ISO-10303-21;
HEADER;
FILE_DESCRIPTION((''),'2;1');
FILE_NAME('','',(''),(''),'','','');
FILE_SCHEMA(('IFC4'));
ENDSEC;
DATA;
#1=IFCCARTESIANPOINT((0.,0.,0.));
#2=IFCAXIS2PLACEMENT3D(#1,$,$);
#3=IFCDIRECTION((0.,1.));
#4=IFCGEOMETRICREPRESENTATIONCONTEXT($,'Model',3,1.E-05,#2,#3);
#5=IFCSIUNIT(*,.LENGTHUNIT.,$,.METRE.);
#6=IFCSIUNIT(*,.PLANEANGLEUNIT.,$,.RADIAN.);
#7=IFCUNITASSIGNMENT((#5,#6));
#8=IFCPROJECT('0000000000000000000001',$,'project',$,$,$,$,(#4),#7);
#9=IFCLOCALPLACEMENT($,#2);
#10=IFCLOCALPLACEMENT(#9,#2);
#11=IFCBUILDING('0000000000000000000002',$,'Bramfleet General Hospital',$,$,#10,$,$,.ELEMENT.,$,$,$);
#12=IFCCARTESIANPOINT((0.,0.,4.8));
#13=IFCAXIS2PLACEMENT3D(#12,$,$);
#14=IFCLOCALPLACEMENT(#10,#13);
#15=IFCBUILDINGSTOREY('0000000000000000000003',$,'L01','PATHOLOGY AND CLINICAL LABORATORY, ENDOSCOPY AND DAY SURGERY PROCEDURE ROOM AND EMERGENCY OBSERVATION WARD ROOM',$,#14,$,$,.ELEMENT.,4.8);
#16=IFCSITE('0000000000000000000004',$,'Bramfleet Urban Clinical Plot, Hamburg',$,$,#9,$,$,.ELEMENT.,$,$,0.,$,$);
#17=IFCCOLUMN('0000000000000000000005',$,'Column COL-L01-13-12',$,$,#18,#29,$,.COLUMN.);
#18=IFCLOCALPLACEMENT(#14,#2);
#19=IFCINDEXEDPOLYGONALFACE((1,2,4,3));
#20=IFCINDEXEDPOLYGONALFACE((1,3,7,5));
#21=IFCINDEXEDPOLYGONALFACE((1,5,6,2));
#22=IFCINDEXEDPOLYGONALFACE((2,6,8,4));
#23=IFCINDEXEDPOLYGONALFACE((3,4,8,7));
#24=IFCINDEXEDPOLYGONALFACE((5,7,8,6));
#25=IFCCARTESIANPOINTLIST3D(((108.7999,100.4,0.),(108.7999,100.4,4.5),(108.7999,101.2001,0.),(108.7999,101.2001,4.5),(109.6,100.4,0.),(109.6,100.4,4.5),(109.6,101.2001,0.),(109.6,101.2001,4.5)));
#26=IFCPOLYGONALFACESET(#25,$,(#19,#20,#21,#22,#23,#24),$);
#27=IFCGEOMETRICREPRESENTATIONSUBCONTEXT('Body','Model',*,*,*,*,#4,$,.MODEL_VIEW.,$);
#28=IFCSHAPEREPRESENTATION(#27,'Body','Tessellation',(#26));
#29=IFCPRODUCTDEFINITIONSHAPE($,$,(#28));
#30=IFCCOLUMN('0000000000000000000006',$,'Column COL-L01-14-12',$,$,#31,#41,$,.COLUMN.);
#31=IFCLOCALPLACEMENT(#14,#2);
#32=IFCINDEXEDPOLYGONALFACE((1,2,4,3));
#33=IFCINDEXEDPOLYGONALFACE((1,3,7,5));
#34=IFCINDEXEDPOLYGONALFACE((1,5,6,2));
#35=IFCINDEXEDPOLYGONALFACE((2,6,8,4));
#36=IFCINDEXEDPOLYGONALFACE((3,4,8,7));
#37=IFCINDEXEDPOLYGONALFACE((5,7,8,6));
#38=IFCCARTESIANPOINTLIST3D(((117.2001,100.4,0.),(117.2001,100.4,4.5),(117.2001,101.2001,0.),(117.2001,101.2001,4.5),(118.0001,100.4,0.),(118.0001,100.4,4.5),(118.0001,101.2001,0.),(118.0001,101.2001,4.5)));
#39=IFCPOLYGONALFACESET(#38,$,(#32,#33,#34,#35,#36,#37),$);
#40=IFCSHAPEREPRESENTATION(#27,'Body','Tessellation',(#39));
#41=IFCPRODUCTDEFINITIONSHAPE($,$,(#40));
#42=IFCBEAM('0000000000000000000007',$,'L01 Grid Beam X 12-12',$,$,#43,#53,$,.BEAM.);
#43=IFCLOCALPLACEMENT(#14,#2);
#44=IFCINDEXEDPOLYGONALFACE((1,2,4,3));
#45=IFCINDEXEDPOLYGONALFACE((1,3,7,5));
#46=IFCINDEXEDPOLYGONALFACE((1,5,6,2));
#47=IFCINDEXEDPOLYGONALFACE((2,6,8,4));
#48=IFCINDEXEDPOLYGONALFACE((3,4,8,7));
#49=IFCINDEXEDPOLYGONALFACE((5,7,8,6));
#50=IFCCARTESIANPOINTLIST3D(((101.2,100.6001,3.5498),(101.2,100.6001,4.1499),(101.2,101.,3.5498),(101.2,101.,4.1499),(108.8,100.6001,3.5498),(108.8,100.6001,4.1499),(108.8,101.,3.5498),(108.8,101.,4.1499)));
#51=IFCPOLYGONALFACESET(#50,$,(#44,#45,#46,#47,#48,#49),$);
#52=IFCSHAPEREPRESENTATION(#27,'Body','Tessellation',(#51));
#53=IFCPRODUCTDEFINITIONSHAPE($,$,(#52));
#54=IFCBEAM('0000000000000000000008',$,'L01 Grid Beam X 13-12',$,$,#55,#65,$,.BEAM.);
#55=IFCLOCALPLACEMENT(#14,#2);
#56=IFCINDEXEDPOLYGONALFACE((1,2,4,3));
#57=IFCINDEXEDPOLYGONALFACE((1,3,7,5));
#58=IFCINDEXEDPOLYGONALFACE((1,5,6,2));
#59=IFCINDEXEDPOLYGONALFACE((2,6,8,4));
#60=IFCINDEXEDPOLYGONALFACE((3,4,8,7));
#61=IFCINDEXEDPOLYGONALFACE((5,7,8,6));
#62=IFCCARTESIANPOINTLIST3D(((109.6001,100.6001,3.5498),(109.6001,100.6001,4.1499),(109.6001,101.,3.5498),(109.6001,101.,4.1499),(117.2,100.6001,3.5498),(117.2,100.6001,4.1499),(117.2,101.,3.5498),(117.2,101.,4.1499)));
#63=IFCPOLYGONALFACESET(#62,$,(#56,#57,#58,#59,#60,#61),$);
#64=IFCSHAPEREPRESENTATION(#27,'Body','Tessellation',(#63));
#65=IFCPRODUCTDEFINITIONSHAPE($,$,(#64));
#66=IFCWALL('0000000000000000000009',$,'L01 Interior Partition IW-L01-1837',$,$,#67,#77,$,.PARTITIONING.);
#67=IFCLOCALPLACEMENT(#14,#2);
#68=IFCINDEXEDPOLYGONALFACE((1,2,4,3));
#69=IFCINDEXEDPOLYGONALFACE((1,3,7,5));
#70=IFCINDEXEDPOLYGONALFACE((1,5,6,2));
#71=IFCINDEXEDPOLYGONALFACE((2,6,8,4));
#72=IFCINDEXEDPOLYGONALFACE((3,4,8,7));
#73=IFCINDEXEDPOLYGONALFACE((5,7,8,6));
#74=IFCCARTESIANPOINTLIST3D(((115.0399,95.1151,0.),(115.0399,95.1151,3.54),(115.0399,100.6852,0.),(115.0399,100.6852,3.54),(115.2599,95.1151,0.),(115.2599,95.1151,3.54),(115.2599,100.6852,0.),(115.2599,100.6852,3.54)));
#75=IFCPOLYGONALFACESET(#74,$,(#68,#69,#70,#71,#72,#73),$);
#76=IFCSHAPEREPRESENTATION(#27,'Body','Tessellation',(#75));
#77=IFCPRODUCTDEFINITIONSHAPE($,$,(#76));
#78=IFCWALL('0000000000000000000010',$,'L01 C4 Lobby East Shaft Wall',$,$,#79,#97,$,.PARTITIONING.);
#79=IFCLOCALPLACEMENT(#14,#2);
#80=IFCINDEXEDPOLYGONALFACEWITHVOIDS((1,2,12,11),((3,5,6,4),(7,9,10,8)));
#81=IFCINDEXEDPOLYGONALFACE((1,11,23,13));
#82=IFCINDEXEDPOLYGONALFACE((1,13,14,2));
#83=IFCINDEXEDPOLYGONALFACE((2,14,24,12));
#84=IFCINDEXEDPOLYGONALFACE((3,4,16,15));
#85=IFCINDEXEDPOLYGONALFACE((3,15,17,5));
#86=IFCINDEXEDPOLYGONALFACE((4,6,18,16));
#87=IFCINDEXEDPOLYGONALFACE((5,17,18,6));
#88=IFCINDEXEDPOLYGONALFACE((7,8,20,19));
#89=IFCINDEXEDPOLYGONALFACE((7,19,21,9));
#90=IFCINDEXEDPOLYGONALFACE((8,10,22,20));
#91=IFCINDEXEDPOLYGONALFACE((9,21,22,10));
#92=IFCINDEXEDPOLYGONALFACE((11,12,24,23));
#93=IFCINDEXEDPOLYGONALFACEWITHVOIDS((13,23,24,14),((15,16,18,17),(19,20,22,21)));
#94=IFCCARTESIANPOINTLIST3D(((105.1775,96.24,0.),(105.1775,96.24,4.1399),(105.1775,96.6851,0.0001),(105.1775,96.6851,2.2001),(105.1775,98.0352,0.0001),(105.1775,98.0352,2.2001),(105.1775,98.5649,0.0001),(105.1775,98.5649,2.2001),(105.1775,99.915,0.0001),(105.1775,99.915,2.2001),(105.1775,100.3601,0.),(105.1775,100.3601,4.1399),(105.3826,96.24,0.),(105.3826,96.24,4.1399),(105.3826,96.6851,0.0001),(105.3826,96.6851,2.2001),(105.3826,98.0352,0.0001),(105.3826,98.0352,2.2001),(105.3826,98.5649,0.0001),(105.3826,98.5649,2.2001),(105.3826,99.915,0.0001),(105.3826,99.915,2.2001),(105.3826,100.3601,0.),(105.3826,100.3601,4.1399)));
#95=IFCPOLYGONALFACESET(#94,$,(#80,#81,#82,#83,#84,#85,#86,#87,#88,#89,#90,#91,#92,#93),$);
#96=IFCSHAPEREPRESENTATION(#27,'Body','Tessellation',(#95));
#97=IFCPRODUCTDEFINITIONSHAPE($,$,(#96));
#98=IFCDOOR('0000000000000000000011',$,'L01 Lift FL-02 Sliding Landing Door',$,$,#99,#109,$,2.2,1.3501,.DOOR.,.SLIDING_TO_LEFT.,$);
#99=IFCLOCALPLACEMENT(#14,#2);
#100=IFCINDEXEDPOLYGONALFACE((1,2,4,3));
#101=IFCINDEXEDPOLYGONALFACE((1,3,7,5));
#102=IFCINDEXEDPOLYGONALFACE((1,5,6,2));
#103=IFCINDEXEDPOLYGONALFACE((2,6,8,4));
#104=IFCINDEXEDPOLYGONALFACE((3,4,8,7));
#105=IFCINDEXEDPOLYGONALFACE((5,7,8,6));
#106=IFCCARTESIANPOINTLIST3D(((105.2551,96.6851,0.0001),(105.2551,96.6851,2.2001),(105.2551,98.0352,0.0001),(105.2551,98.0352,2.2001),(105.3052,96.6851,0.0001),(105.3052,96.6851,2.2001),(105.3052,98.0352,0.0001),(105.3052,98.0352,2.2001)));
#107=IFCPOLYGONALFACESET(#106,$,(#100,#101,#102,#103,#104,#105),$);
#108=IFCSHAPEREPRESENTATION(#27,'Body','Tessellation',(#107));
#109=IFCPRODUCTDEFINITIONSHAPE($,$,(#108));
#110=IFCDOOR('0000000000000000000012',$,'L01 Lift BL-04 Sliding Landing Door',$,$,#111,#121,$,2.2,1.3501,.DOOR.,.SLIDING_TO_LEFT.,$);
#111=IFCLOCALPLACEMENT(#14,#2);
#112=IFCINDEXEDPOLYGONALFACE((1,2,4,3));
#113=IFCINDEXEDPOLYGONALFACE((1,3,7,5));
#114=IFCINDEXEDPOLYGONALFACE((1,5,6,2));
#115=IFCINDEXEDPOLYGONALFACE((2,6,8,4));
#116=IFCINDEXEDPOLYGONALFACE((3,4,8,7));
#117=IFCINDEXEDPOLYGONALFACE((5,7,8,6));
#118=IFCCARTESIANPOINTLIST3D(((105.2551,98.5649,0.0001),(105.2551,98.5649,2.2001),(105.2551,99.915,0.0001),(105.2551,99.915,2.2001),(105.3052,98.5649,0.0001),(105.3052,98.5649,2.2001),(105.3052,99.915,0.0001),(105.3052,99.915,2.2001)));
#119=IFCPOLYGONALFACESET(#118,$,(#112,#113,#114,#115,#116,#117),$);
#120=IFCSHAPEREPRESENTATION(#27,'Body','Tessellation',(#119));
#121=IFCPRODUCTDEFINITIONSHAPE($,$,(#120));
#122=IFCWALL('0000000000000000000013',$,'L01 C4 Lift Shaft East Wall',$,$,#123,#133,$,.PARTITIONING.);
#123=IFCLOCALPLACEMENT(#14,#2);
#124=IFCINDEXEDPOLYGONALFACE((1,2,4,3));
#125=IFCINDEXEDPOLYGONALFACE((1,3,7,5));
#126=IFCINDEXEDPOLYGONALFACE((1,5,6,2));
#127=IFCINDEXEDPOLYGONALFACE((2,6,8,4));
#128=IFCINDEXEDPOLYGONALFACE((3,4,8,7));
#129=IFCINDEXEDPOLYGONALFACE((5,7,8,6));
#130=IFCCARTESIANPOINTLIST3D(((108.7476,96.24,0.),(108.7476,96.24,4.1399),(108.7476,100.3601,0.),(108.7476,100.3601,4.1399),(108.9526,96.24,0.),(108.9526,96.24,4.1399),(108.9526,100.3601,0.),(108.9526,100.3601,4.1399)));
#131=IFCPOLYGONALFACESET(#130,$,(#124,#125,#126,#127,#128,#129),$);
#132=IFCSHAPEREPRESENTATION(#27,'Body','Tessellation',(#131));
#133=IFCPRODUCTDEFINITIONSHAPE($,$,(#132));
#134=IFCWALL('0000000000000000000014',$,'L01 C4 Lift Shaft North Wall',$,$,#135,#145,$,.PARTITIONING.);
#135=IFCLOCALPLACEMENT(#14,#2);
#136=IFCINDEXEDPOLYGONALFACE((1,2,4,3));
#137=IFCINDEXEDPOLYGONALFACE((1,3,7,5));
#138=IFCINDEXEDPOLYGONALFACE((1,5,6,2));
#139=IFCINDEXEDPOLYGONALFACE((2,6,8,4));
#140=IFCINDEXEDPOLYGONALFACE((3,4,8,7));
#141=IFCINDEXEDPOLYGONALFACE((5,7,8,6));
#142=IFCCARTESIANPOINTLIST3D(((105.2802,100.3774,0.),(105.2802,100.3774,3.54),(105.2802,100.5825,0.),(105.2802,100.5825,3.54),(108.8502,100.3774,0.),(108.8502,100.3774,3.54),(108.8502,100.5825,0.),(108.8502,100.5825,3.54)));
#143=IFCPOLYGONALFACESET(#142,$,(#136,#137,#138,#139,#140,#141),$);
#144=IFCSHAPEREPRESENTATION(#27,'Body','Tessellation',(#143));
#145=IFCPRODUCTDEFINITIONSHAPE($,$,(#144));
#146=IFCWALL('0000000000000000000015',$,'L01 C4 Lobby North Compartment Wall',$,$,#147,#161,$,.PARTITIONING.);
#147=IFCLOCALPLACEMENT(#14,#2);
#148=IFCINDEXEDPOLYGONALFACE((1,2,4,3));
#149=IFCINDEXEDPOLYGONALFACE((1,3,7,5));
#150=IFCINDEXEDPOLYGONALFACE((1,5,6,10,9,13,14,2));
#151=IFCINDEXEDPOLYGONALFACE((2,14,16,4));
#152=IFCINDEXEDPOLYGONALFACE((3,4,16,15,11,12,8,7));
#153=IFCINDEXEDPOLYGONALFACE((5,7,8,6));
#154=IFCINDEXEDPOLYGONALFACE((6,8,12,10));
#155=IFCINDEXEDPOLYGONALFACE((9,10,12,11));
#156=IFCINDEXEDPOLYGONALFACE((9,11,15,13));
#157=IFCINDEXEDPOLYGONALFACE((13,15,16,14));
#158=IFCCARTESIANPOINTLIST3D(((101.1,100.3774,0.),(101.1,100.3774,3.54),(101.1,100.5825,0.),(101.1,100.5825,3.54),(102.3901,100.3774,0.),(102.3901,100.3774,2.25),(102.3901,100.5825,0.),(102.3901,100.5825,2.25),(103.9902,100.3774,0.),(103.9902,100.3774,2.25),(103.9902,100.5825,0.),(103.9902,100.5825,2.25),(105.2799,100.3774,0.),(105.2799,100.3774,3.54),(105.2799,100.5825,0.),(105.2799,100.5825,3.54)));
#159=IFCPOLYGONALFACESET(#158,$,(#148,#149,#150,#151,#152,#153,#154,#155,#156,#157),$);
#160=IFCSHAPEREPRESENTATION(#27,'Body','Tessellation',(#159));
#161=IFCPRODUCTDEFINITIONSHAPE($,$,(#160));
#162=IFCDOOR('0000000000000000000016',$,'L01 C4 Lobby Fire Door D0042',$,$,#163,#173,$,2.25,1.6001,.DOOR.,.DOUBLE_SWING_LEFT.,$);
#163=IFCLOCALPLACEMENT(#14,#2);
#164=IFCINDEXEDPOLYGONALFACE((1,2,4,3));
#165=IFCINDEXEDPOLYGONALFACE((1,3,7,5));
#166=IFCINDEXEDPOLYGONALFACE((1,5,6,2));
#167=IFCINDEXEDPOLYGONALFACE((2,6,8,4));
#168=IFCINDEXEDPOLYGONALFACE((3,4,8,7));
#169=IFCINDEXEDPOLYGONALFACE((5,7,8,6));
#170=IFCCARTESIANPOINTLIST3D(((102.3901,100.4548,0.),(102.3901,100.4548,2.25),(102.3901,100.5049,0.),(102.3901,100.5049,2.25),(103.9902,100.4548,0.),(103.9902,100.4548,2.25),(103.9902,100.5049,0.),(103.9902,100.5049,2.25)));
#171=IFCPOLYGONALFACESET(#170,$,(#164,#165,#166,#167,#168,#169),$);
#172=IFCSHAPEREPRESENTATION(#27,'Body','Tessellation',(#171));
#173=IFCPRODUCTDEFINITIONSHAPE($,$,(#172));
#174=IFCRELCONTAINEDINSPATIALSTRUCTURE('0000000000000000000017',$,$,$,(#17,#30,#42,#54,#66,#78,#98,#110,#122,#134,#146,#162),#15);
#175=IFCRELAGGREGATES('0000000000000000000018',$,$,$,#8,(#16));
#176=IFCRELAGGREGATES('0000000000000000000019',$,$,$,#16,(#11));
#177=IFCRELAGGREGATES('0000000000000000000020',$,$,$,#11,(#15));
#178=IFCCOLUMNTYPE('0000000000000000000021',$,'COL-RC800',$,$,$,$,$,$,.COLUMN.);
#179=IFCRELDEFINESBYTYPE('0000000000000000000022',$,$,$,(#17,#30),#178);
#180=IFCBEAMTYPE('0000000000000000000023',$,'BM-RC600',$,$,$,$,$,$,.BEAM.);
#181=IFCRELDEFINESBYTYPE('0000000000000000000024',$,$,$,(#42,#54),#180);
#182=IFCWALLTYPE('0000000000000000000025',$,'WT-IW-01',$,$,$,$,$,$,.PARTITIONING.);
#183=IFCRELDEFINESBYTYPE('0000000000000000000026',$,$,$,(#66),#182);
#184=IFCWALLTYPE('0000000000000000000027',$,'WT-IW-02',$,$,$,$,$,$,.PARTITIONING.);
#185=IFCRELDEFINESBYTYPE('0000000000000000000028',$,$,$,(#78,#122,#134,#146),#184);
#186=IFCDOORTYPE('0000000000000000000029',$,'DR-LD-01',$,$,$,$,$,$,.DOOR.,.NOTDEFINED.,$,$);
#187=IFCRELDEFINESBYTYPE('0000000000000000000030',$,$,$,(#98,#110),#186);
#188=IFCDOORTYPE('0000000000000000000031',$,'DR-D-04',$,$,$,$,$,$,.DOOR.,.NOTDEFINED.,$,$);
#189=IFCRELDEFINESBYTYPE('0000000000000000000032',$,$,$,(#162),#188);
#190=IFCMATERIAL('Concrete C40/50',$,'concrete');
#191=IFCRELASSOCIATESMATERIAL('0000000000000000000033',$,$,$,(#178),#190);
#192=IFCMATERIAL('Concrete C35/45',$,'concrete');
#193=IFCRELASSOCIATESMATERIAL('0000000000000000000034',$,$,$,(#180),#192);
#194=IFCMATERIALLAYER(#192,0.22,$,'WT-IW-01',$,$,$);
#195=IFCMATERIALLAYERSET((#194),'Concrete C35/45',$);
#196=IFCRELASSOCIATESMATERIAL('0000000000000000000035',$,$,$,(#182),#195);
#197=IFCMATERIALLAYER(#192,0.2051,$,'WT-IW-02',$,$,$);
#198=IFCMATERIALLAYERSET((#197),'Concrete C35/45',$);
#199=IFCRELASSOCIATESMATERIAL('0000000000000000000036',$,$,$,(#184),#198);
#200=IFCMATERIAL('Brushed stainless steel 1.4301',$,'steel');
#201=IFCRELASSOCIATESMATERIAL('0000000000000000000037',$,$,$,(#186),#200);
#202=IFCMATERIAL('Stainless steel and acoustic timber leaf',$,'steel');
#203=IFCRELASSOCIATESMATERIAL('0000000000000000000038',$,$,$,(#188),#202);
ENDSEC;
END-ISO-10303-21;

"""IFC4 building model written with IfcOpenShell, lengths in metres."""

from ifc_helpers import new_model, si_unit, direction, frame, frame_2d, origin, origin_2d, place, context, subcontext, project, spatial, rectangle, extrude, material, layer, layer_set, material_profile, profile_set, type_object, element, fill, save


model = new_model("IFC4")

# Units and contexts
model_context = context("Model", 3, precision=1e-05, world=origin(), true_north=direction((0.0, 1.0)))
body_context = subcontext(model_context, "Body", "Model", "MODEL_VIEW")
ifc_project = project(units=[si_unit("LENGTHUNIT", "METRE"), si_unit("PLANEANGLEUNIT", "RADIAN")], contexts=[model_context])

# Site, building, storey
site_placement = place(None, origin())
site = spatial("IfcSite", under=ifc_project, at=site_placement, Name="Bramfleet Urban Clinical Plot, Hamburg", CompositionType="ELEMENT", RefElevation=0.0)
building_placement = place(site_placement, origin())
building = spatial("IfcBuilding", under=site, at=building_placement, Name="Bramfleet General Hospital", CompositionType="ELEMENT")
storey_placement = place(building_placement, frame((0.0, 0.0, 4.8)))
storey = spatial("IfcBuildingStorey", under=building, at=storey_placement, Name="L01", Description="PATHOLOGY AND CLINICAL LABORATORY, ENDOSCOPY AND DAY SURGERY PROCEDURE ROOM AND EMERGENCY OBSERVATION WARD ROOM", CompositionType="ELEMENT", Elevation=4.8)

# Columns
ifc_material_1 = material(Name="Concrete C40/50", Category="concrete")
ifc_material_profile_1 = material_profile(ifc_material_1, rectangle(XDim=0.8, YDim=0.8, at=origin_2d()), Name="RC COL 800x800")
ifc_profile_set_1 = profile_set([ifc_material_profile_1], Name="Concrete C40/50")
column_type = type_object("IfcColumnType", Name="COL-RC800", PredefinedType="COLUMN", material=ifc_profile_set_1)
for number, where, z_axis, x_axis, name in (
    (1, (109.2, 100.8, 0.0), (0.0, 0.0, 1.0), (1.0, 0.0, 0.0), "Column COL-L01-13-12"),
    (2, (117.6001, 100.8, 0.0), (0.0, 0.0, 1.0), (1.0, 0.0, 0.0), "Column COL-L01-14-12"),
):
    element("IfcColumn", number, at=place(storey_placement, frame(where, z_axis=z_axis, x_axis=x_axis)), inside=storey, type_object=column_type, Name=name, PredefinedType="COLUMN", context=body_context, shape_type="SweptSolid", body=[
        extrude(rectangle(XDim=0.8, YDim=0.8, at=origin_2d()), origin(), (0.0, 0.0, 1.0), 4.5),
    ])

# Beams
ifc_material_2 = material(Name="Concrete C35/45", Category="concrete")
ifc_material_profile_2 = material_profile(ifc_material_2, rectangle(XDim=0.3999, YDim=0.6001, at=origin_2d()), Name="RC BM 600x400")
ifc_profile_set_2 = profile_set([ifc_material_profile_2], Name="Concrete C35/45")
beam_type = type_object("IfcBeamType", Name="BM-RC600", PredefinedType="BEAM", material=ifc_profile_set_2)
beam_1_placement = place(storey_placement, frame((101.2, 100.8, 3.8499), z_axis=(1.0, 0.0, 0.0), x_axis=(0.0, 1.0, 0.0)))
element("IfcBeam", 3, at=beam_1_placement, inside=storey, type_object=beam_type, Name="L01 Grid Beam X 12-12", PredefinedType="BEAM", context=body_context, shape_type="SweptSolid", body=[
    extrude(rectangle(XDim=0.3999, YDim=0.6001, at=origin_2d()), origin(), (0.0, 0.0, 1.0), 7.6001),
])
beam_2_placement = place(storey_placement, frame((109.6001, 100.8, 3.8499), z_axis=(1.0, 0.0, 0.0), x_axis=(0.0, 1.0, 0.0)))
element("IfcBeam", 4, at=beam_2_placement, inside=storey, type_object=beam_type, Name="L01 Grid Beam X 13-12", PredefinedType="BEAM", context=body_context, shape_type="SweptSolid", body=[
    extrude(rectangle(XDim=0.3999, YDim=0.6001, at=origin_2d()), origin(), (0.0, 0.0, 1.0), 7.5999),
])

# Wall
ifc_layer_1 = layer(ifc_material_2, 0.22, Name="WT-IW-01")
ifc_layer_set_1 = layer_set([ifc_layer_1], Name="Concrete C35/45")
wall_type_1 = type_object("IfcWallType", Name="WT-IW-01", PredefinedType="PARTITIONING", material=ifc_layer_set_1)
wall_1_placement = place(storey_placement, frame((115.1499, 95.115, 0.0), z_axis=(0.0, 0.0, 1.0), x_axis=(0.0, 1.0, 0.0)))
element("IfcWall", 5, at=wall_1_placement, inside=storey, type_object=wall_type_1, Name="L01 Interior Partition IW-L01-1837", PredefinedType="PARTITIONING", context=body_context, shape_type="SweptSolid", body=[
    extrude(rectangle(XDim=5.5701, YDim=0.22, at=frame_2d((2.7852, 0.0))), origin(), (0.0, 0.0, 1.0), 3.54),
])

# Wall, openings, doors
ifc_layer_2 = layer(ifc_material_2, 0.2051, Name="WT-IW-02")
ifc_layer_set_2 = layer_set([ifc_layer_2], Name="Concrete C35/45")
wall_type_2 = type_object("IfcWallType", Name="WT-IW-02", PredefinedType="PARTITIONING", material=ifc_layer_set_2)
wall_2_placement = place(storey_placement, frame((105.28, 96.24, 0.0), z_axis=(0.0, 0.0, 1.0), x_axis=(0.0, 1.0, 0.0)))
wall_2 = element("IfcWall", 6, at=wall_2_placement, inside=storey, type_object=wall_type_2, Name="L01 C4 Lobby East Shaft Wall", PredefinedType="PARTITIONING", context=body_context, shape_type="SweptSolid", body=[
    extrude(rectangle(XDim=4.1201, YDim=0.2051, at=frame_2d((2.0601, 0.0))), origin(), (0.0, 0.0, 1.0), 4.1399),
])
opening_1_placement = place(wall_2_placement, frame((0.4451, 0.0, 0.0)))
opening_1 = element("IfcOpeningElement", 7, at=opening_1_placement, cuts=wall_2, PredefinedType="OPENING", context=body_context, shape_type="SweptSolid", body=[
    extrude(rectangle(XDim=1.3501, YDim=2.2, at=frame_2d((0.675, 1.1001))), frame((0.0, 0.1125, 0.0), z_axis=(0.0, -1.0, 0.0), x_axis=(1.0, 0.0, 0.0)), (0.0, 0.0, 1.0), 0.2251),
])
opening_2_placement = place(wall_2_placement, frame((2.325, 0.0, 0.0)))
opening_2 = element("IfcOpeningElement", 8, at=opening_2_placement, cuts=wall_2, PredefinedType="OPENING", context=body_context, shape_type="SweptSolid", body=[
    extrude(rectangle(XDim=1.3501, YDim=2.2, at=frame_2d((0.675, 1.1001))), frame((0.0, 0.1125, 0.0), z_axis=(0.0, -1.0, 0.0), x_axis=(1.0, 0.0, 0.0)), (0.0, 0.0, 1.0), 0.2251),
])
ifc_material_3 = material(Name="Brushed stainless steel 1.4301", Category="steel")
door_type_1 = type_object("IfcDoorType", Name="DR-LD-01", OperationType="NOTDEFINED", PredefinedType="DOOR", material=ifc_material_3)
door_1_placement = place(opening_1_placement, origin())
door_1 = element("IfcDoor", 9, at=door_1_placement, inside=storey, type_object=door_type_1, Name="L01 Lift FL-02 Sliding Landing Door", OperationType="SLIDING_TO_LEFT", OverallHeight=2.2, OverallWidth=1.3501, PredefinedType="DOOR", context=body_context, shape_type="SweptSolid", body=[
    extrude(rectangle(XDim=1.3501, YDim=2.2, at=frame_2d((0.675, 1.1001))), frame((0.0, 0.0249, 0.0), z_axis=(0.0, -1.0, 0.0), x_axis=(1.0, 0.0, 0.0)), (0.0, 0.0, 1.0), 0.05),
])
fill(opening_1, door_1)
door_2_placement = place(opening_2_placement, origin())
door_2 = element("IfcDoor", 10, at=door_2_placement, inside=storey, type_object=door_type_1, Name="L01 Lift BL-04 Sliding Landing Door", OperationType="SLIDING_TO_LEFT", OverallHeight=2.2, OverallWidth=1.3501, PredefinedType="DOOR", context=body_context, shape_type="SweptSolid", body=[
    extrude(rectangle(XDim=1.3501, YDim=2.2, at=frame_2d((0.675, 1.1001))), frame((0.0, 0.0249, 0.0), z_axis=(0.0, -1.0, 0.0), x_axis=(1.0, 0.0, 0.0)), (0.0, 0.0, 1.0), 0.05),
])
fill(opening_2, door_2)

# Walls
wall_3_placement = place(storey_placement, frame((108.8501, 96.24, 0.0), z_axis=(0.0, 0.0, 1.0), x_axis=(0.0, 1.0, 0.0)))
element("IfcWall", 11, at=wall_3_placement, inside=storey, type_object=wall_type_2, Name="L01 C4 Lift Shaft East Wall", PredefinedType="PARTITIONING", context=body_context, shape_type="SweptSolid", body=[
    extrude(rectangle(XDim=4.1201, YDim=0.2051, at=frame_2d((2.0601, 0.0))), origin(), (0.0, 0.0, 1.0), 4.1399),
])
wall_4_placement = place(storey_placement, frame((105.28, 100.48, 0.0), z_axis=(0.0, 0.0, 1.0), x_axis=(1.0, 0.0, 0.0)))
element("IfcWall", 12, at=wall_4_placement, inside=storey, type_object=wall_type_2, Name="L01 C4 Lift Shaft North Wall", PredefinedType="PARTITIONING", context=body_context, shape_type="SweptSolid", body=[
    extrude(rectangle(XDim=3.5701, YDim=0.2051, at=frame_2d((1.7852, 0.0))), origin(), (0.0, 0.0, 1.0), 3.54),
])

# Wall, opening, door
wall_5_placement = place(storey_placement, frame((101.1001, 100.48, 0.0), z_axis=(0.0, 0.0, 1.0), x_axis=(1.0, 0.0, 0.0)))
wall_5 = element("IfcWall", 13, at=wall_5_placement, inside=storey, type_object=wall_type_2, Name="L01 C4 Lobby North Compartment Wall", PredefinedType="PARTITIONING", context=body_context, shape_type="SweptSolid", body=[
    extrude(rectangle(XDim=4.1799, YDim=0.2051, at=frame_2d((2.0898, 0.0))), origin(), (0.0, 0.0, 1.0), 3.54),
])
opening_3_placement = place(wall_5_placement, frame((1.29, 0.0, 0.0)))
opening_3 = element("IfcOpeningElement", 14, at=opening_3_placement, cuts=wall_5, PredefinedType="OPENING", context=body_context, shape_type="SweptSolid", body=[
    extrude(rectangle(XDim=1.6001, YDim=2.25, at=frame_2d((0.8, 1.125))), frame((0.0, 0.1125, 0.0), z_axis=(0.0, -1.0, 0.0), x_axis=(1.0, 0.0, 0.0)), (0.0, 0.0, 1.0), 0.2251),
])
ifc_material_4 = material(Name="Stainless steel and acoustic timber leaf", Category="steel")
door_type_2 = type_object("IfcDoorType", Name="DR-D-04", OperationType="NOTDEFINED", PredefinedType="DOOR", material=ifc_material_4)
door_3_placement = place(opening_3_placement, origin())
door_3 = element("IfcDoor", 15, at=door_3_placement, inside=storey, type_object=door_type_2, Name="L01 C4 Lobby Fire Door D0042", OperationType="DOUBLE_SWING_LEFT", OverallHeight=2.25, OverallWidth=1.6001, PredefinedType="DOOR", context=body_context, shape_type="SweptSolid", body=[
    extrude(rectangle(XDim=1.6001, YDim=2.25, at=frame_2d((0.8, 1.125))), frame((0.0, 0.0249, 0.0), z_axis=(0.0, -1.0, 0.0), x_axis=(1.0, 0.0, 0.0)), (0.0, 0.0, 1.0), 0.05),
])
fill(opening_3, door_3)

save(model, "model.ifc")
